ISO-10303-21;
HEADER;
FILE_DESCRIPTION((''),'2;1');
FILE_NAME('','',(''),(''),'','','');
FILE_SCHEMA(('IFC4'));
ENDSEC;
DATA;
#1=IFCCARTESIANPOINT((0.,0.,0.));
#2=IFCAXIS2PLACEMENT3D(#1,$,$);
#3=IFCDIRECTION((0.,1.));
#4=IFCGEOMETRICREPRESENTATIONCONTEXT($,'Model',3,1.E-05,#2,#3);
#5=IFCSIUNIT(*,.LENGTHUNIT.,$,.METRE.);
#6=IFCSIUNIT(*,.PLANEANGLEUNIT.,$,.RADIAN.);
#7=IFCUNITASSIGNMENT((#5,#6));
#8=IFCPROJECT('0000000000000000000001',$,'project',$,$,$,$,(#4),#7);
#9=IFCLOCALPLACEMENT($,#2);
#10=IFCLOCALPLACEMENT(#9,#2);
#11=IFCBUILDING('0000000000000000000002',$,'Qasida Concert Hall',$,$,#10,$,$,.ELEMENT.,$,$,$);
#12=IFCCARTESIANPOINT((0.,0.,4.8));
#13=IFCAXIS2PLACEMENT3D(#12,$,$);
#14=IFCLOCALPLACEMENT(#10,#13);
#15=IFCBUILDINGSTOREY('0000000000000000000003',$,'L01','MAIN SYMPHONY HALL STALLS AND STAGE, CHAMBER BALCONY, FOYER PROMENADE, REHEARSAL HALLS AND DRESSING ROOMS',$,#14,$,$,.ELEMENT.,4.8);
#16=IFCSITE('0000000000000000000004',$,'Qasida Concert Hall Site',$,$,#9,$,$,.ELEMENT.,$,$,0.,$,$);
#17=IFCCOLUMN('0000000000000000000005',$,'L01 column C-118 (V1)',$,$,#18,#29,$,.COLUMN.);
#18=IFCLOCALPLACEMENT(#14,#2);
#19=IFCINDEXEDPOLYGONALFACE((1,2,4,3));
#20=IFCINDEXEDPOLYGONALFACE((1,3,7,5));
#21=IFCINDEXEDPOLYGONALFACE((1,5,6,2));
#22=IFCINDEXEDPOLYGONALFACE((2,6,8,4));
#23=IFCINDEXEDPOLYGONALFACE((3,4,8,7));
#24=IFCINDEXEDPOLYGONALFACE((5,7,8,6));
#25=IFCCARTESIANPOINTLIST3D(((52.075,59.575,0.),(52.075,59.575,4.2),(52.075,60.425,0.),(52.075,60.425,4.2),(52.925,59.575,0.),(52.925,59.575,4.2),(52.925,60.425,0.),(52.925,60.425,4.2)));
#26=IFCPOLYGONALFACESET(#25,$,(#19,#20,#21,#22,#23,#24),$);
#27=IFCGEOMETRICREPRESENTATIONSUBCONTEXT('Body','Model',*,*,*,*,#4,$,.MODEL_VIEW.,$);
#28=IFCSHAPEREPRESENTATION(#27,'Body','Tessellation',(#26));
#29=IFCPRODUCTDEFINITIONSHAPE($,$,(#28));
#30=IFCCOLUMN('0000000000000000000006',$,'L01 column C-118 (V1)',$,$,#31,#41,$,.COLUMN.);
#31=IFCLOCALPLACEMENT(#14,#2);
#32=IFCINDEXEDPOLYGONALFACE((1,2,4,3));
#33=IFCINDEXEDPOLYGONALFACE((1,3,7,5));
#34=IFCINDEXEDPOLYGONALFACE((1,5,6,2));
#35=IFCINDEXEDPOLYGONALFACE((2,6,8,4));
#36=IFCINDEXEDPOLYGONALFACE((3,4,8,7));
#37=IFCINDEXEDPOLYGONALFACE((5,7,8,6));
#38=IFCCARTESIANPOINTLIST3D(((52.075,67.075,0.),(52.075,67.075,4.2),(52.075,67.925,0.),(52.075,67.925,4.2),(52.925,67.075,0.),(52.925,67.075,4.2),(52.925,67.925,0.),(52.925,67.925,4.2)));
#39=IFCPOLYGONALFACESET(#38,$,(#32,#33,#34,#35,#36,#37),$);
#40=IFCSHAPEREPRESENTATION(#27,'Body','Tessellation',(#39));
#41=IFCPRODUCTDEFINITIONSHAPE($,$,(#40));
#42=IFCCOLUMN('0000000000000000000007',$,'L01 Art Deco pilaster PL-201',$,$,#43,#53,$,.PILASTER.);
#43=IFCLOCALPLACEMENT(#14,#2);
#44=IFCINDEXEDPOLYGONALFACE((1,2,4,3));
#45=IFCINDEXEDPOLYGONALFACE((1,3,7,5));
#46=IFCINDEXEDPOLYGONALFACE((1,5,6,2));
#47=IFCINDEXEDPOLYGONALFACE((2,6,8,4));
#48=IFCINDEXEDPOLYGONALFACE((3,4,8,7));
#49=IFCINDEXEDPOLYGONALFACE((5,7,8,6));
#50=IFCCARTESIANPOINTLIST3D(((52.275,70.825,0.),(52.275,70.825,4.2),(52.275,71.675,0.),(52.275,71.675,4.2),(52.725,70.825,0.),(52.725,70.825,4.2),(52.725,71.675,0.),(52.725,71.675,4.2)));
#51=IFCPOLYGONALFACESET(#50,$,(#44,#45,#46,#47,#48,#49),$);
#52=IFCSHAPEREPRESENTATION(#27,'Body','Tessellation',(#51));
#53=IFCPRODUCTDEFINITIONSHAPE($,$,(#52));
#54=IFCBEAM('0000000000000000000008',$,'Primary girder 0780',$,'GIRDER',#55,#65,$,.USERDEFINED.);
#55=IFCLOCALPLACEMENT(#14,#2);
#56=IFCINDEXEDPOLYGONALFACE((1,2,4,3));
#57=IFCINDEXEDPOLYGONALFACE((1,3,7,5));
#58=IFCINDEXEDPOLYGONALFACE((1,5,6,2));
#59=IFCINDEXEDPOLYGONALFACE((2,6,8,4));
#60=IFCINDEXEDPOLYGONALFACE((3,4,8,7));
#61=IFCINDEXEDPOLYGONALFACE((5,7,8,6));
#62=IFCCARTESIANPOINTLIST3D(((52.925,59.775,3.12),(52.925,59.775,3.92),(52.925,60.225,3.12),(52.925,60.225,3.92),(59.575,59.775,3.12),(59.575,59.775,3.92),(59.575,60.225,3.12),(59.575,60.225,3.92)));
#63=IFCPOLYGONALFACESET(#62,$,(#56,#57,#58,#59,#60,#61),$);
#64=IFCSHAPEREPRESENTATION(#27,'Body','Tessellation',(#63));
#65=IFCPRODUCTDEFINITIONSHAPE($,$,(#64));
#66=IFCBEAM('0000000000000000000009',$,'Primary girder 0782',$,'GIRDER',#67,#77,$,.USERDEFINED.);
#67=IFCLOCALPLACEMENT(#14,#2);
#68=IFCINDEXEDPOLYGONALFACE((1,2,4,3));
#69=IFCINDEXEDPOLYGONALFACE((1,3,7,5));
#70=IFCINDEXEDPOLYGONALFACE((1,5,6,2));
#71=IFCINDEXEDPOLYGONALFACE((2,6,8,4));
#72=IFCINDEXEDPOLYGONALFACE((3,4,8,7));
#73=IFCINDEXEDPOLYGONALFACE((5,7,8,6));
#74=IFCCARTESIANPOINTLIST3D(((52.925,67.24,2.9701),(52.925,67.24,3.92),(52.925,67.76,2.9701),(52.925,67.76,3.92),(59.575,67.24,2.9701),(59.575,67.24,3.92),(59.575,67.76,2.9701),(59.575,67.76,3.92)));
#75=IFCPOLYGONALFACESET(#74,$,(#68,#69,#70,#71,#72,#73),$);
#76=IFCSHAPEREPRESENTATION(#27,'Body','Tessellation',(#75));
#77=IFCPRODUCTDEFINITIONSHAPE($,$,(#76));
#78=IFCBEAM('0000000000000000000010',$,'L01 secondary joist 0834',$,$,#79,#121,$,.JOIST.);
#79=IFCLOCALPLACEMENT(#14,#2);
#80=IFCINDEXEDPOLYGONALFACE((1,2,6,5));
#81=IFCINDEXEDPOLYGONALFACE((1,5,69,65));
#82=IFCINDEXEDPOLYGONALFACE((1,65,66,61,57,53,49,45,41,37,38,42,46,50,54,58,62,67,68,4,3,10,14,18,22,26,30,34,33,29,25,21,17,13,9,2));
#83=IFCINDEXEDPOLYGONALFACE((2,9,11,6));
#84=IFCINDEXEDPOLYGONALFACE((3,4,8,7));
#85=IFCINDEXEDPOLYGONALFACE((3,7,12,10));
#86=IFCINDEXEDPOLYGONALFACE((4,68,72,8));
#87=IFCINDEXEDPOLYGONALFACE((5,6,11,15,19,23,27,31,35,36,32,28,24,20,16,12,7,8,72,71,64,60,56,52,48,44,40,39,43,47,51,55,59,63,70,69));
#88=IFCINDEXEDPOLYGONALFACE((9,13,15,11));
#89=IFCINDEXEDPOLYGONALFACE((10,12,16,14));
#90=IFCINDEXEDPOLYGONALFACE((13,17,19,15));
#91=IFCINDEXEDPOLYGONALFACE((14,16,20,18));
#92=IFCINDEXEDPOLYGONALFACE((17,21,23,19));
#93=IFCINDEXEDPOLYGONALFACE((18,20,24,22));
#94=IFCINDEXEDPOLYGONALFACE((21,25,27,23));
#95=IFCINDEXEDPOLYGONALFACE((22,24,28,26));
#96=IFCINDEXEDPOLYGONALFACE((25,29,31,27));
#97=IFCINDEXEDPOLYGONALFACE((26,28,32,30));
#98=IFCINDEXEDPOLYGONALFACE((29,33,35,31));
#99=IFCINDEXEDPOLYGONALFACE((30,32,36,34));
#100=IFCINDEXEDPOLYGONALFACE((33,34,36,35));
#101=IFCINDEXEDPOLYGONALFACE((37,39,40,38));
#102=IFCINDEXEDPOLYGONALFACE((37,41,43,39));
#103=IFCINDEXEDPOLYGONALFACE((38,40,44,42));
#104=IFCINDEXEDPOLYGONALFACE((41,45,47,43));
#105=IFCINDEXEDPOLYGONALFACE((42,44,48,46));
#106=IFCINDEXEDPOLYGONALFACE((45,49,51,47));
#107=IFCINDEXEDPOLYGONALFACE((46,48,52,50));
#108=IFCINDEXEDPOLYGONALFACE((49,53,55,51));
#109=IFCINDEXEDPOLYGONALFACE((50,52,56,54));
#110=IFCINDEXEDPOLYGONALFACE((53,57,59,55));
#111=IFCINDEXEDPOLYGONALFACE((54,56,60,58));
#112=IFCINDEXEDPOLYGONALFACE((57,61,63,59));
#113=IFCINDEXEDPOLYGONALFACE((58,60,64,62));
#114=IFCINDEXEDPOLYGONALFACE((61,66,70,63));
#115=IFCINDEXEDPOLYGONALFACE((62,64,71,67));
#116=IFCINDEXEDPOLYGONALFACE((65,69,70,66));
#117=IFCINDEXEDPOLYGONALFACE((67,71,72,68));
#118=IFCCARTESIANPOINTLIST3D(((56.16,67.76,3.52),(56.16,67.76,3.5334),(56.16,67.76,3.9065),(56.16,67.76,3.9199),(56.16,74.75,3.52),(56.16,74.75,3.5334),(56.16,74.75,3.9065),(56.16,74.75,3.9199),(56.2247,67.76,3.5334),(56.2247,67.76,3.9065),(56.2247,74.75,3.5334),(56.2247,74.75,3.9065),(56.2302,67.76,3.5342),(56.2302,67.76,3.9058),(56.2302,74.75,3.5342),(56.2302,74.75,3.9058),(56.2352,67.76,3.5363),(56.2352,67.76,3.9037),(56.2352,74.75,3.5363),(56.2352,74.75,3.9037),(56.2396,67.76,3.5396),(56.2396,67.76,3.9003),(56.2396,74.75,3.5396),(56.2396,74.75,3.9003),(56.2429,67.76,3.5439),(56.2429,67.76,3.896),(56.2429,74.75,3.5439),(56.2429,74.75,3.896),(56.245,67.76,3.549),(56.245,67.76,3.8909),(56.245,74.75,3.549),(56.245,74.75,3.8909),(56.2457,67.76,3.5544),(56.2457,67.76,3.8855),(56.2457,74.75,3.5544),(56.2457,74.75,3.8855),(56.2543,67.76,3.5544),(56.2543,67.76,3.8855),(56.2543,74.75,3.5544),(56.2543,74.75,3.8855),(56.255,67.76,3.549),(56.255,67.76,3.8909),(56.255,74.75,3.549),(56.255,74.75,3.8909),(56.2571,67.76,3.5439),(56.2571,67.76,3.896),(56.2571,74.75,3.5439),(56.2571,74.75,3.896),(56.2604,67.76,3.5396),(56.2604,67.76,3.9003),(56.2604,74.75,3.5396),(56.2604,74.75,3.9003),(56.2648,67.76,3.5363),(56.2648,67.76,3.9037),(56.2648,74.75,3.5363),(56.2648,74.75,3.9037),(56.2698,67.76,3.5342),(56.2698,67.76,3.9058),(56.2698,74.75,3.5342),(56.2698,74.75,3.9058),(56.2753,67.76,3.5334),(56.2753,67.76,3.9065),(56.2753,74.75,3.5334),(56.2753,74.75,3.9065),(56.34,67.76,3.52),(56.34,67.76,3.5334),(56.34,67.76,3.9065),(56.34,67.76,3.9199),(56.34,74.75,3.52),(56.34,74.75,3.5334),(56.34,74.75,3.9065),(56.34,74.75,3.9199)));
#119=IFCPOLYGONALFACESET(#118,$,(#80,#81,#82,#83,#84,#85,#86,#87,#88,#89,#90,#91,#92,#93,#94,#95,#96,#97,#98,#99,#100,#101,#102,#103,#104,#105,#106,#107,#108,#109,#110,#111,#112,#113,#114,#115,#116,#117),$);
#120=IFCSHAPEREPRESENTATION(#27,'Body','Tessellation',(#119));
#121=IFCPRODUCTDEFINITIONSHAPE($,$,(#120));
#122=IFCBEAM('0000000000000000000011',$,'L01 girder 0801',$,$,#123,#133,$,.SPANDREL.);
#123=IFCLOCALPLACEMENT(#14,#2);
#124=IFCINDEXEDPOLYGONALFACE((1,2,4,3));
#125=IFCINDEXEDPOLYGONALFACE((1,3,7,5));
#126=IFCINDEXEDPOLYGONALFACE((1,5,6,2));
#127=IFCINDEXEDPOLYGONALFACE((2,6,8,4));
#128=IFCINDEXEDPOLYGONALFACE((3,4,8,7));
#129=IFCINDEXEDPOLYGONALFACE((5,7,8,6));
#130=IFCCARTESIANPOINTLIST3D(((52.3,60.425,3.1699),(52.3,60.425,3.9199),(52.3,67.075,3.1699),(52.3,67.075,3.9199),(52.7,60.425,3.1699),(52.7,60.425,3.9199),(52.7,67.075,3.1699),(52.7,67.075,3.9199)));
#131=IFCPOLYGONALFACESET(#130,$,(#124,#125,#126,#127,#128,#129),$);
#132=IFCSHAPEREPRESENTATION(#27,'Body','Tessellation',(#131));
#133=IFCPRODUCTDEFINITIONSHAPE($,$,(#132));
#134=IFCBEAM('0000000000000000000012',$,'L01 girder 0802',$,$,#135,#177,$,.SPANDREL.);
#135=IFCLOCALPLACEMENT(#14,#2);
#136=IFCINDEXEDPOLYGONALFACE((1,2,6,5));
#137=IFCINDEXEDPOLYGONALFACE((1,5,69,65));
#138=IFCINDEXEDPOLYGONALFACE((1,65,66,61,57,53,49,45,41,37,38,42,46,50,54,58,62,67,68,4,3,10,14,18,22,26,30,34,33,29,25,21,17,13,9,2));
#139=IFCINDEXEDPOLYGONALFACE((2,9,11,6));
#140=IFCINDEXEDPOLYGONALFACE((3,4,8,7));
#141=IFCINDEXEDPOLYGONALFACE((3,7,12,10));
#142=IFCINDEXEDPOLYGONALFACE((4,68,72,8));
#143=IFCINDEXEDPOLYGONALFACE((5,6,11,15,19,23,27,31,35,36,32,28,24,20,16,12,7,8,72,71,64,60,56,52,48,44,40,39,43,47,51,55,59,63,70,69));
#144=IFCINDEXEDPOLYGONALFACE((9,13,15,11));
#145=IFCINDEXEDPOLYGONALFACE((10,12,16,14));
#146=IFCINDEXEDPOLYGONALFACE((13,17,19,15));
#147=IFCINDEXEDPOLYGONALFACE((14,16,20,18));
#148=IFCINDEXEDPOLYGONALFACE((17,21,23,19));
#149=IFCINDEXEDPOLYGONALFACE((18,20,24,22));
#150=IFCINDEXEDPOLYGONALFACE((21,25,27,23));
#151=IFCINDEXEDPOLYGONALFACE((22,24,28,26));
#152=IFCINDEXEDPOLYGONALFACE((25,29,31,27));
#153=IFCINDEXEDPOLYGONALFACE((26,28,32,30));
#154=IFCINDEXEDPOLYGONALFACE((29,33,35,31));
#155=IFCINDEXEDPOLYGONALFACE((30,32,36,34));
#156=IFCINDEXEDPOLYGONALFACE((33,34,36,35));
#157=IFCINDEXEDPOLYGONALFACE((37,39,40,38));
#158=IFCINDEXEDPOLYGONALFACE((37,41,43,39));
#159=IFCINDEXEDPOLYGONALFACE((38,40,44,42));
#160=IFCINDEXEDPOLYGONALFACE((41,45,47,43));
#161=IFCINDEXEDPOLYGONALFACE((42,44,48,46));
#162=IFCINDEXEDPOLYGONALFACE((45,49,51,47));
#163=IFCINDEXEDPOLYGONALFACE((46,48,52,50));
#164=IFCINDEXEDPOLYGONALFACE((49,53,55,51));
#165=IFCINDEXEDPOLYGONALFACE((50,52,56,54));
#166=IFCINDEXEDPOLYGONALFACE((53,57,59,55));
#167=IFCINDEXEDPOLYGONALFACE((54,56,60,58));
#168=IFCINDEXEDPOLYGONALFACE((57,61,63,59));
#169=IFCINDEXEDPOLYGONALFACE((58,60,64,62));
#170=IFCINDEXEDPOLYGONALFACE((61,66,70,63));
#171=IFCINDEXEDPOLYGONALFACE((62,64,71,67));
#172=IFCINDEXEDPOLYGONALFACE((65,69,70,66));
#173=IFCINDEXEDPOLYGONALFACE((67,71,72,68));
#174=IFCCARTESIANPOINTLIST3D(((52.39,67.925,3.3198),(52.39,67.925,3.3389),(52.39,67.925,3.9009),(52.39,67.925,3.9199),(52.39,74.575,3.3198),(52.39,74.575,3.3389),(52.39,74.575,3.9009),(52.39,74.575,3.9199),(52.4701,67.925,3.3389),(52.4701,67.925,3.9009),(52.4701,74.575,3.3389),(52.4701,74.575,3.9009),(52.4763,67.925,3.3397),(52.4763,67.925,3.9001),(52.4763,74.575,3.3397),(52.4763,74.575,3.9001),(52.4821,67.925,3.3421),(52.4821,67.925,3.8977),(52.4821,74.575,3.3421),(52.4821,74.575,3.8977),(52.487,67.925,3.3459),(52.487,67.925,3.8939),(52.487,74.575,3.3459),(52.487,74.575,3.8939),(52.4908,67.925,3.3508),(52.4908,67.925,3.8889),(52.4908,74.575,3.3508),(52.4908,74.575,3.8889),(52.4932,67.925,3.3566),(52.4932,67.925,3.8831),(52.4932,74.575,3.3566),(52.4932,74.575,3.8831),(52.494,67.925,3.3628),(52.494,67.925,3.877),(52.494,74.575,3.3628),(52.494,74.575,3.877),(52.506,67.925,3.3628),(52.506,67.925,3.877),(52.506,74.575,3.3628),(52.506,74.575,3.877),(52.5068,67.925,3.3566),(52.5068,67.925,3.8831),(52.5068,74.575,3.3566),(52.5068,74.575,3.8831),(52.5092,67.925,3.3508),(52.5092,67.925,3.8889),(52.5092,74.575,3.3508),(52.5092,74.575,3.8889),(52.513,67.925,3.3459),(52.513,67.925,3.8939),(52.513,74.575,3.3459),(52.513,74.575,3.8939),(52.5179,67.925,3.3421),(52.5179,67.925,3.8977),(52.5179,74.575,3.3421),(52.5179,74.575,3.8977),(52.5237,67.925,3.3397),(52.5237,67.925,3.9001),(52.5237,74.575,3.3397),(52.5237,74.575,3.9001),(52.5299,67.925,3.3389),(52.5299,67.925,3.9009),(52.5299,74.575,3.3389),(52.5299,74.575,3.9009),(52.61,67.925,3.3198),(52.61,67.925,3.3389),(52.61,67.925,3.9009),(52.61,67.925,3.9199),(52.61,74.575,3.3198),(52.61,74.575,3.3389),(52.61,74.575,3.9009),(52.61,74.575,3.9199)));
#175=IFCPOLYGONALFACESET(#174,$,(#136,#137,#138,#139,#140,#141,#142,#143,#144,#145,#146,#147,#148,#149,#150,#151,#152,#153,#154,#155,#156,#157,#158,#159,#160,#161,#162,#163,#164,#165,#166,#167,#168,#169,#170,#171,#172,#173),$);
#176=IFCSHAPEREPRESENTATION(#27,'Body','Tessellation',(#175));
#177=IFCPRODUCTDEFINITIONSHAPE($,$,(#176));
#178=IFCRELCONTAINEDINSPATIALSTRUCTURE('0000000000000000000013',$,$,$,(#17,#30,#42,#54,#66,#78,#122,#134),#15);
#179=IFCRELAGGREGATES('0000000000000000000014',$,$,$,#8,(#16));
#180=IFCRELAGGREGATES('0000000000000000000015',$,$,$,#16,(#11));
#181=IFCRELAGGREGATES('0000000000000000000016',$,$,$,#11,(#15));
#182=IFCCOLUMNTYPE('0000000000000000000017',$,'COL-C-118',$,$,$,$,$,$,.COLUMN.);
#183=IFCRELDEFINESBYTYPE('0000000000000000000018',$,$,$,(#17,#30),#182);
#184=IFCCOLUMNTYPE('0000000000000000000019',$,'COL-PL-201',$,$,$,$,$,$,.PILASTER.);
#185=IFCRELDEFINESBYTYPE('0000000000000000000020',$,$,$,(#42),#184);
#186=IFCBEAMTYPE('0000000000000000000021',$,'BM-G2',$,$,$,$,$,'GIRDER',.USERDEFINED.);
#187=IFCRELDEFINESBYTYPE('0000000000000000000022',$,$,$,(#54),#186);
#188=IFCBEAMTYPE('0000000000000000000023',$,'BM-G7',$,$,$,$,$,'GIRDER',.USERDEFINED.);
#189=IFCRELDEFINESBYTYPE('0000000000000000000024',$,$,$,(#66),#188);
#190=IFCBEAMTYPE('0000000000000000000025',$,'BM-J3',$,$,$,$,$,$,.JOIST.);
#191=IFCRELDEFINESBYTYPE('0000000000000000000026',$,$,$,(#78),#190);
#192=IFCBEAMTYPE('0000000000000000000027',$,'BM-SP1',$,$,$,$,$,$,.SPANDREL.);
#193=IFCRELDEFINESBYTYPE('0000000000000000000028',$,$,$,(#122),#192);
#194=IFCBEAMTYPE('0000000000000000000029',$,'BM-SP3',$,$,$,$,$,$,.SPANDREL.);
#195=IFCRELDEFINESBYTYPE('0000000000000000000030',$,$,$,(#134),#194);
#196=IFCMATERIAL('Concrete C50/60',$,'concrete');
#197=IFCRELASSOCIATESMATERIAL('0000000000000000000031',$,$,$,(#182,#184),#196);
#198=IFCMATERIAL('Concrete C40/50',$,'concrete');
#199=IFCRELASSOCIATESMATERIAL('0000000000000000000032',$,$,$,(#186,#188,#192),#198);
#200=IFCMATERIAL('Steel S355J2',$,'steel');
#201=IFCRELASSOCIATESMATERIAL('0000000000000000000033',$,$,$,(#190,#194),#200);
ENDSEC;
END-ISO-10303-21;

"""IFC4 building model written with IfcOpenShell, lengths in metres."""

from ifc_helpers import new_model, si_unit, direction, frame, origin, origin_2d, place, context, subcontext, project, spatial, rectangle, i_section, extrude, material, material_profile, profile_set, type_object, element, save


model = new_model("IFC4")

# Units and contexts
model_context = context("Model", 3, precision=1e-05, world=origin(), true_north=direction((0.0, 1.0)))
body_context = subcontext(model_context, "Body", "Model", "MODEL_VIEW")
ifc_project = project(units=[si_unit("LENGTHUNIT", "METRE"), si_unit("PLANEANGLEUNIT", "RADIAN")], contexts=[model_context])

# Site, building, storey
site_placement = place(None, origin())
site = spatial("IfcSite", under=ifc_project, at=site_placement, Name="Qasida Concert Hall Site", CompositionType="ELEMENT", RefElevation=0.0)
building_placement = place(site_placement, origin())
building = spatial("IfcBuilding", under=site, at=building_placement, Name="Qasida Concert Hall", CompositionType="ELEMENT")
storey_placement = place(building_placement, frame((0.0, 0.0, 4.8)))
storey = spatial("IfcBuildingStorey", under=building, at=storey_placement, Name="L01", Description="MAIN SYMPHONY HALL STALLS AND STAGE, CHAMBER BALCONY, FOYER PROMENADE, REHEARSAL HALLS AND DRESSING ROOMS", CompositionType="ELEMENT", Elevation=4.8)

# Columns
ifc_material_1 = material(Name="Concrete C50/60", Category="concrete")
ifc_material_profile_1 = material_profile(ifc_material_1, rectangle(XDim=0.8501, YDim=0.8501, at=origin_2d()), Name="RC 850x850")
ifc_profile_set_1 = profile_set([ifc_material_profile_1], Name="Concrete C50/60")
column_type_1 = type_object("IfcColumnType", Name="COL-C-118", PredefinedType="COLUMN", material=ifc_profile_set_1)
for number, where, z_axis, x_axis, name in (
    (1, (52.5, 60.0, 0.0), (0.0, 0.0, 1.0), (1.0, 0.0, 0.0), "L01 column C-118 (V1)"),
    (2, (52.5, 67.5, 0.0), (0.0, 0.0, 1.0), (1.0, 0.0, 0.0), "L01 column C-118 (V1)"),
):
    element("IfcColumn", number, at=place(storey_placement, frame(where, z_axis=z_axis, x_axis=x_axis)), inside=storey, type_object=column_type_1, Name=name, PredefinedType="COLUMN", context=body_context, shape_type="SweptSolid", body=[
        extrude(rectangle(XDim=0.8501, YDim=0.8501, at=origin_2d()), origin(), (0.0, 0.0, 1.0), 4.2),
    ])
ifc_material_profile_2 = material_profile(ifc_material_1, rectangle(XDim=0.45, YDim=0.8501, at=origin_2d()), Name="RC 450x850")
ifc_profile_set_2 = profile_set([ifc_material_profile_2], Name="Concrete C50/60")
column_type_2 = type_object("IfcColumnType", Name="COL-PL-201", PredefinedType="PILASTER", material=ifc_profile_set_2)
column_placement = place(storey_placement, frame((52.5, 71.25, 0.0), z_axis=(0.0, 0.0, 1.0), x_axis=(1.0, 0.0, 0.0)))
element("IfcColumn", 3, at=column_placement, inside=storey, type_object=column_type_2, Name="L01 Art Deco pilaster PL-201", PredefinedType="PILASTER", context=body_context, shape_type="SweptSolid", body=[
    extrude(rectangle(XDim=0.45, YDim=0.8501, at=origin_2d()), origin(), (0.0, 0.0, 1.0), 4.2),
])

# Beams
ifc_material_2 = material(Name="Concrete C40/50", Category="concrete")
ifc_material_profile_3 = material_profile(ifc_material_2, rectangle(XDim=0.45, YDim=0.8, at=origin_2d()), Name="RC 450x800")
ifc_profile_set_3 = profile_set([ifc_material_profile_3], Name="Concrete C40/50")
beam_type_1 = type_object("IfcBeamType", Name="BM-G2", ElementType="GIRDER", PredefinedType="USERDEFINED", material=ifc_profile_set_3)
beam_1_placement = place(storey_placement, frame((52.925, 60.0, 3.52), z_axis=(1.0, 0.0, 0.0), x_axis=(0.0, 1.0, 0.0)))
element("IfcBeam", 4, at=beam_1_placement, inside=storey, type_object=beam_type_1, Name="Primary girder 0780", ObjectType="GIRDER", PredefinedType="USERDEFINED", context=body_context, shape_type="SweptSolid", body=[
    extrude(rectangle(XDim=0.45, YDim=0.8, at=origin_2d()), origin(), (0.0, 0.0, 1.0), 6.6499),
])
ifc_material_profile_4 = material_profile(ifc_material_2, rectangle(XDim=0.52, YDim=0.95, at=origin_2d()), Name="RC 520x950")
ifc_profile_set_4 = profile_set([ifc_material_profile_4], Name="Concrete C40/50")
beam_type_2 = type_object("IfcBeamType", Name="BM-G7", ElementType="GIRDER", PredefinedType="USERDEFINED", material=ifc_profile_set_4)
beam_2_placement = place(storey_placement, frame((52.925, 67.5, 3.4451), z_axis=(1.0, 0.0, 0.0), x_axis=(0.0, 1.0, 0.0)))
element("IfcBeam", 5, at=beam_2_placement, inside=storey, type_object=beam_type_2, Name="Primary girder 0782", ObjectType="GIRDER", PredefinedType="USERDEFINED", context=body_context, shape_type="SweptSolid", body=[
    extrude(rectangle(XDim=0.52, YDim=0.95, at=origin_2d()), origin(), (0.0, 0.0, 1.0), 6.6499),
])
ifc_material_3 = material(Name="Steel S355J2", Category="steel")
ifc_material_profile_5 = material_profile(ifc_material_3, i_section(OverallWidth=0.1799, OverallDepth=0.3999, WebThickness=0.0085, FlangeThickness=0.0134, FilletRadius=0.021, at=origin_2d()), Name="IPE 400")
ifc_profile_set_5 = profile_set([ifc_material_profile_5], Name="Steel S355J2")
beam_type_3 = type_object("IfcBeamType", Name="BM-J3", PredefinedType="JOIST", material=ifc_profile_set_5)
beam_3_placement = place(storey_placement, frame((56.25, 67.76, 3.72), z_axis=(0.0, 1.0, 0.0), x_axis=(-1.0, 0.0, 0.0)))
element("IfcBeam", 6, at=beam_3_placement, inside=storey, type_object=beam_type_3, Name="L01 secondary joist 0834", PredefinedType="JOIST", context=body_context, shape_type="SweptSolid", body=[
    extrude(i_section(OverallWidth=0.1799, OverallDepth=0.3999, WebThickness=0.0085, FlangeThickness=0.0134, FilletRadius=0.021, at=origin_2d()), origin(), (0.0, 0.0, 1.0), 6.99),
])
ifc_material_profile_6 = material_profile(ifc_material_2, rectangle(XDim=0.3999, YDim=0.75, at=origin_2d()), Name="RC 400x750")
ifc_profile_set_6 = profile_set([ifc_material_profile_6], Name="Concrete C40/50")
beam_type_4 = type_object("IfcBeamType", Name="BM-SP1", PredefinedType="SPANDREL", material=ifc_profile_set_6)
beam_4_placement = place(storey_placement, frame((52.5, 60.425, 3.5449), z_axis=(0.0, 1.0, 0.0), x_axis=(-1.0, 0.0, 0.0)))
element("IfcBeam", 7, at=beam_4_placement, inside=storey, type_object=beam_type_4, Name="L01 girder 0801", PredefinedType="SPANDREL", context=body_context, shape_type="SweptSolid", body=[
    extrude(rectangle(XDim=0.3999, YDim=0.75, at=origin_2d()), origin(), (0.0, 0.0, 1.0), 6.6499),
])
ifc_material_profile_7 = material_profile(ifc_material_3, i_section(OverallWidth=0.22, OverallDepth=0.6001, WebThickness=0.012, FlangeThickness=0.019, FilletRadius=0.0239, at=origin_2d()), Name="IPE 600")
ifc_profile_set_7 = profile_set([ifc_material_profile_7], Name="Steel S355J2")
beam_type_5 = type_object("IfcBeamType", Name="BM-SP3", PredefinedType="SPANDREL", material=ifc_profile_set_7)
beam_5_placement = place(storey_placement, frame((52.5, 67.925, 3.6199), z_axis=(0.0, 1.0, 0.0), x_axis=(-1.0, 0.0, 0.0)))
element("IfcBeam", 8, at=beam_5_placement, inside=storey, type_object=beam_type_5, Name="L01 girder 0802", PredefinedType="SPANDREL", context=body_context, shape_type="SweptSolid", body=[
    extrude(i_section(OverallWidth=0.22, OverallDepth=0.6001, WebThickness=0.012, FlangeThickness=0.019, FilletRadius=0.0239, at=origin_2d()), origin(), (0.0, 0.0, 1.0), 6.6499),
])

save(model, "model.ifc")
